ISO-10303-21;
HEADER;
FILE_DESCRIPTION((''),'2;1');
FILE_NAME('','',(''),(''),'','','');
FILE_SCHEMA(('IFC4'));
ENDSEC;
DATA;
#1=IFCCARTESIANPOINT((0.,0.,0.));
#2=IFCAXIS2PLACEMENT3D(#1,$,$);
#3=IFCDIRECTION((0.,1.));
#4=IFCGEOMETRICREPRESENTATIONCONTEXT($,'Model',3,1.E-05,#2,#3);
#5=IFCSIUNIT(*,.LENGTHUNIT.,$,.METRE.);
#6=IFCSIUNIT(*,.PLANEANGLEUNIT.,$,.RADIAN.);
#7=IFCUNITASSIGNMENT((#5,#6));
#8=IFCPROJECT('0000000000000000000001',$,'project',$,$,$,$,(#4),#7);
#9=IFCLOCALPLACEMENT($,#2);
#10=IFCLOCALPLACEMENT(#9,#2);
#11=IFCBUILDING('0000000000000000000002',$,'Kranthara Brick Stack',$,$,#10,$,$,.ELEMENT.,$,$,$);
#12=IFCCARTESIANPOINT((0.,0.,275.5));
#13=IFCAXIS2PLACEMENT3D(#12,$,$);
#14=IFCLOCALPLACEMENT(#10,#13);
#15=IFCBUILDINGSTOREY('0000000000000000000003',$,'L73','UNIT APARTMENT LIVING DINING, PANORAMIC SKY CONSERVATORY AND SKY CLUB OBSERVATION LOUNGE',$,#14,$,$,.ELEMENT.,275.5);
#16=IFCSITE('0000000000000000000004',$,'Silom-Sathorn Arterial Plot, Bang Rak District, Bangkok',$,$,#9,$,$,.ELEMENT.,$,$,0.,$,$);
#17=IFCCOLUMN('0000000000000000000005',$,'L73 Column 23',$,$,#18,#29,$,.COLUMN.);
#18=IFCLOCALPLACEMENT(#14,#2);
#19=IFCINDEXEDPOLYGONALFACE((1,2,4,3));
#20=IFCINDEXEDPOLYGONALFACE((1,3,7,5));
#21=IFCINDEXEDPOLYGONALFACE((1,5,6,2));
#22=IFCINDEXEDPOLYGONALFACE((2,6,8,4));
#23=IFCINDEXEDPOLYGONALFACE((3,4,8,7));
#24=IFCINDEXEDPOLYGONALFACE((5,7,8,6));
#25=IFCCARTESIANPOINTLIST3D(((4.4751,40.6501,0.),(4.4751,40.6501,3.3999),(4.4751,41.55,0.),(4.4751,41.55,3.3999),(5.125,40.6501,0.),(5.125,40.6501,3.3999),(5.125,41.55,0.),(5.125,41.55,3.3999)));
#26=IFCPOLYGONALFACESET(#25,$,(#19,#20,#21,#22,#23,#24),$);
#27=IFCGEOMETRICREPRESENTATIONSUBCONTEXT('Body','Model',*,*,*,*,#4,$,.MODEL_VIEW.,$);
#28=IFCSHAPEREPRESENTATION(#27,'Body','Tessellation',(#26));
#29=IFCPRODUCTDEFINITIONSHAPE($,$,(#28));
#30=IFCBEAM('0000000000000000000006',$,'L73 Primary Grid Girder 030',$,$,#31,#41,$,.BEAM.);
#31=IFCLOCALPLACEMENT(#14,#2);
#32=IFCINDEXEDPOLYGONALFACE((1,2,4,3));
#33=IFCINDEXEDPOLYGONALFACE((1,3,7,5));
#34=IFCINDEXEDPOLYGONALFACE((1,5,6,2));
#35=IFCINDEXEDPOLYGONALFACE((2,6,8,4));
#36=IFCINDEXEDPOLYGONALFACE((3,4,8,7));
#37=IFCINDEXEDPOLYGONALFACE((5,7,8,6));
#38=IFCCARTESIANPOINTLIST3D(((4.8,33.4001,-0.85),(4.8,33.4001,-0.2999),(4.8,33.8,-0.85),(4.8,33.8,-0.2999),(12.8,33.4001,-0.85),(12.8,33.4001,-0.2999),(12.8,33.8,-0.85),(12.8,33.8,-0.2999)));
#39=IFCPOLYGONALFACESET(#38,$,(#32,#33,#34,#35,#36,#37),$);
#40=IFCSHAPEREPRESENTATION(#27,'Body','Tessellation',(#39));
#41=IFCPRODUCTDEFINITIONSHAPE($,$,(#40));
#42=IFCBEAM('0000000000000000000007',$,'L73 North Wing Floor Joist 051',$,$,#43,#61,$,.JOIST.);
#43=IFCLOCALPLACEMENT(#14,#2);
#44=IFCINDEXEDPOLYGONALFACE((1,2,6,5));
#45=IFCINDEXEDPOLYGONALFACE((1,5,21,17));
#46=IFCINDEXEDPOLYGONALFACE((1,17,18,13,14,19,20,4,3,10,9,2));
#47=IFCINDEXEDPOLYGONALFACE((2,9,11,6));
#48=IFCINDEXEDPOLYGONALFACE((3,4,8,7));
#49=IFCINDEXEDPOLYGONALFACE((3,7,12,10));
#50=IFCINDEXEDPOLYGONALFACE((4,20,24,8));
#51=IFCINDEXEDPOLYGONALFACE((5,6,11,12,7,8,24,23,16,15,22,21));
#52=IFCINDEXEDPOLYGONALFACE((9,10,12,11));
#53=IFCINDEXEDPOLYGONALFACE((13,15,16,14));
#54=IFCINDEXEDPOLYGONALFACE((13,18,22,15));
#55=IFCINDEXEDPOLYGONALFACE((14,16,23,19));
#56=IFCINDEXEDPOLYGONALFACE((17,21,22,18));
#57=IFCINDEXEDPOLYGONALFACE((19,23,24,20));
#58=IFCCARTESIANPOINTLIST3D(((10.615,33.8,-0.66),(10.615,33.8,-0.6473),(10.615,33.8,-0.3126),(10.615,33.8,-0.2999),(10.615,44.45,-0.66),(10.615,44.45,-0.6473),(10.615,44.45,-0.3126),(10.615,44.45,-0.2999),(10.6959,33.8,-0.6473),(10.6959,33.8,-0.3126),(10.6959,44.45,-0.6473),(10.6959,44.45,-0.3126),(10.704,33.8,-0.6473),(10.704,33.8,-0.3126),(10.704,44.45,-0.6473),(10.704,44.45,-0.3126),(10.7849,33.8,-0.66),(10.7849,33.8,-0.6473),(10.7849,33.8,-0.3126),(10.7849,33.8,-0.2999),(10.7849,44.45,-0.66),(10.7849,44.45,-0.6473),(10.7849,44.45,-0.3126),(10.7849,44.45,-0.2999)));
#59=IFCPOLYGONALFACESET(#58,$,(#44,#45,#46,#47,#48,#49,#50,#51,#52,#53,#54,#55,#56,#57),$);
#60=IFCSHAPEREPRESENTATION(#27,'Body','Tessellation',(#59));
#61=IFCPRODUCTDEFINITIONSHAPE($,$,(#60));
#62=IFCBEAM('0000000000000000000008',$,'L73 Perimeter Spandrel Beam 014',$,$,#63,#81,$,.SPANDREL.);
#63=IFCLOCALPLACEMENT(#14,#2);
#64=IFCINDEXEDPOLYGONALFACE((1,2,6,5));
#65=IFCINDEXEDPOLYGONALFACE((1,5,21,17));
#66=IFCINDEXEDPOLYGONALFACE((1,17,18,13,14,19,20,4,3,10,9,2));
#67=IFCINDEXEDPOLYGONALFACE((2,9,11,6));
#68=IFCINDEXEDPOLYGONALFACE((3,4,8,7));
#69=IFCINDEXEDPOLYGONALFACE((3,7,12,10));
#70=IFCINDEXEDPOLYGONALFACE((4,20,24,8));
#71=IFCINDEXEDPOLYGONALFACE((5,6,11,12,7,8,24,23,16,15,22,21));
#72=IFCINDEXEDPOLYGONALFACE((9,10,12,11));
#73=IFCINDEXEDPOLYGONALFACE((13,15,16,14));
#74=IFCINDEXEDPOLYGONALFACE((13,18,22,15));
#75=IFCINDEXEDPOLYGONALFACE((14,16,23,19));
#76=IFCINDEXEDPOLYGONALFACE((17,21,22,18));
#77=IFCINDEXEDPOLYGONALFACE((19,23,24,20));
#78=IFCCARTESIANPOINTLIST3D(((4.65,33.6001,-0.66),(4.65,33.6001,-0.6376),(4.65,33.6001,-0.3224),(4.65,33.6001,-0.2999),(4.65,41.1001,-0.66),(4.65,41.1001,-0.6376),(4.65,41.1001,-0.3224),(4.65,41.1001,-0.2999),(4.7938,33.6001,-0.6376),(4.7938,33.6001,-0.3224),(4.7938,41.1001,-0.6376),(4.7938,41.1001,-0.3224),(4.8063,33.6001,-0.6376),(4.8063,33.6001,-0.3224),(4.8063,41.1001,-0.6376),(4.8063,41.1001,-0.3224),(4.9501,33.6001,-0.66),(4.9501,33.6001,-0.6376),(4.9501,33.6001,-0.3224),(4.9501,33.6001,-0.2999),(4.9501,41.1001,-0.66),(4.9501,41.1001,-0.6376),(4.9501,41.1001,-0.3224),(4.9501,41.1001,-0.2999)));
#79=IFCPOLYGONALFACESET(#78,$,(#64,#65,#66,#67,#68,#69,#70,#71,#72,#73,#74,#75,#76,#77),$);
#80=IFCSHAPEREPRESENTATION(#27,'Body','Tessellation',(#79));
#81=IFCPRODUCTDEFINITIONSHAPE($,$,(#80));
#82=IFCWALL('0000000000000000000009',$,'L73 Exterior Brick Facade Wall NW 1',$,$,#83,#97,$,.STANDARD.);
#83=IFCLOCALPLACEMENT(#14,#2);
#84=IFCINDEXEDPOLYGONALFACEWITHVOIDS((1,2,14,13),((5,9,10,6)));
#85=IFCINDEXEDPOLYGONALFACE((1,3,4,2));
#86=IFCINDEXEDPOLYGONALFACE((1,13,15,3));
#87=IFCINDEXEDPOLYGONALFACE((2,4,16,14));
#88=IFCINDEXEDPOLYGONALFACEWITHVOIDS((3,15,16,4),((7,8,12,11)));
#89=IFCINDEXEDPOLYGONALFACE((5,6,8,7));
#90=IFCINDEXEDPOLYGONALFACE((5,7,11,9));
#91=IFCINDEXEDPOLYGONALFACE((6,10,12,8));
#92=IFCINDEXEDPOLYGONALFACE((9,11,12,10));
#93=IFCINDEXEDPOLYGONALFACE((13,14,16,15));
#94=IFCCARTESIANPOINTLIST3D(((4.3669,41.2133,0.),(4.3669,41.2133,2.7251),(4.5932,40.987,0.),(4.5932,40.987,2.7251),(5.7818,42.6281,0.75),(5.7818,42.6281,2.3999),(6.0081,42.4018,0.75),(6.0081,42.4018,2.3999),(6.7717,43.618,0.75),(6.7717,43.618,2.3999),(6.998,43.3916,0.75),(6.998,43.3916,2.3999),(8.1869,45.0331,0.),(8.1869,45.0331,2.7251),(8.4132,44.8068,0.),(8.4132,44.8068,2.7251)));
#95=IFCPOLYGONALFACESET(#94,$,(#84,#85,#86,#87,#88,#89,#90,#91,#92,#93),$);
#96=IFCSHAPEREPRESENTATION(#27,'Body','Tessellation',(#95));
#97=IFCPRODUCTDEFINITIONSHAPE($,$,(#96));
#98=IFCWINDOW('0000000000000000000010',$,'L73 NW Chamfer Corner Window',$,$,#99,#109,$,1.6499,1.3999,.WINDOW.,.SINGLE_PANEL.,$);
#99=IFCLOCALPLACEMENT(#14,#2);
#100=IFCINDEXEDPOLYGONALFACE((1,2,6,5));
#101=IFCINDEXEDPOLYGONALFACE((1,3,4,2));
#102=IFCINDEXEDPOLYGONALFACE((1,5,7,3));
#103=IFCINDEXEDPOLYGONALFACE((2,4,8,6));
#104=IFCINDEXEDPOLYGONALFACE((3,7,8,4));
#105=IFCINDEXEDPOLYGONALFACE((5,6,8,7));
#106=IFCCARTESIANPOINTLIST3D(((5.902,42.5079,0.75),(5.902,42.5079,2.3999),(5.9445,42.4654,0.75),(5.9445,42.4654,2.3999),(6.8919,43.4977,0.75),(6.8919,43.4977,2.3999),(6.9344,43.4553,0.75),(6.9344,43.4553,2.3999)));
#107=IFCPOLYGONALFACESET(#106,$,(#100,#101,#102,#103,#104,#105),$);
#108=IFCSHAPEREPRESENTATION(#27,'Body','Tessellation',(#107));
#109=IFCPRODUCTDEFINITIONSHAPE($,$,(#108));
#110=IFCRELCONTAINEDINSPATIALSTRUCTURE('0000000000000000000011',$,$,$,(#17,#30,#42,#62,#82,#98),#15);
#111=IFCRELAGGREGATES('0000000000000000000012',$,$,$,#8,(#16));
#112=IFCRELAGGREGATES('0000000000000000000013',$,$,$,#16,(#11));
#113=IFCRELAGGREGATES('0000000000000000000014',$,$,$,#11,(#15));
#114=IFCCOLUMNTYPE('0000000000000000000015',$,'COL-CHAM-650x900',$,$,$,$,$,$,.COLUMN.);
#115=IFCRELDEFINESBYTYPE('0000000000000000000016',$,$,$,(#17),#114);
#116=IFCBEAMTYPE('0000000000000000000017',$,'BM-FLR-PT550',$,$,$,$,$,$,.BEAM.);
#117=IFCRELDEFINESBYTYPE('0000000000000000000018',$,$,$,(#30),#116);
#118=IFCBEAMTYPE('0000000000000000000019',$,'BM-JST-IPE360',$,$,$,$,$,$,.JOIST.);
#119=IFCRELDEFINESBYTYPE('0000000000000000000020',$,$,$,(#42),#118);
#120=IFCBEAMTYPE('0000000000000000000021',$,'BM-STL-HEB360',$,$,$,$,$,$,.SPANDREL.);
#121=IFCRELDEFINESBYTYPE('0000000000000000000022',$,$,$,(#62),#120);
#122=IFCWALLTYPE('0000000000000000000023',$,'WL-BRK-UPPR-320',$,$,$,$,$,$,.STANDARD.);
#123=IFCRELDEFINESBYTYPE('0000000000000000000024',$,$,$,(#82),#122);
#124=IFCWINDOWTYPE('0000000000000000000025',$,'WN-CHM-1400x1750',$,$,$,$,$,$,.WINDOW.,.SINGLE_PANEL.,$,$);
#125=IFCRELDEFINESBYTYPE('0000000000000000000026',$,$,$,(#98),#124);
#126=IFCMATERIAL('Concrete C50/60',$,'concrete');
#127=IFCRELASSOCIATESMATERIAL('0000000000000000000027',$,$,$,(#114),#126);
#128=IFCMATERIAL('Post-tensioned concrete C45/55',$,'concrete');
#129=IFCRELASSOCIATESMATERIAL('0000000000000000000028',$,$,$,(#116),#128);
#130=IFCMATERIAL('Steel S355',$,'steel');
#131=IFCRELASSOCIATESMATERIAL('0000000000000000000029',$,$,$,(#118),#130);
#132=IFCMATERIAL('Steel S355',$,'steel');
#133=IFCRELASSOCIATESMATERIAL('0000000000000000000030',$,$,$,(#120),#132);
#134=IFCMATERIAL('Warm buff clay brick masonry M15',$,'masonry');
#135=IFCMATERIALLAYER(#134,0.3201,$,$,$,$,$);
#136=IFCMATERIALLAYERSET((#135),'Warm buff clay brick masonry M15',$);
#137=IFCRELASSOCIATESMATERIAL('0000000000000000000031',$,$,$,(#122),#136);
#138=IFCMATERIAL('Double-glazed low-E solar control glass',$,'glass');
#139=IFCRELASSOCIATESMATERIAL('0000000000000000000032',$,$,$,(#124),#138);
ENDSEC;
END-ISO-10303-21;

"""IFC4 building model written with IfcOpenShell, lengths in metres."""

from ifc_helpers import new_model, si_unit, direction, frame, frame_2d, origin, origin_2d, place, context, subcontext, project, spatial, rectangle, i_section, extrude, material, layer, layer_set, material_profile, profile_set, type_object, element, fill, save


model = new_model("IFC4")

# Units and contexts
model_context = context("Model", 3, precision=1e-05, world=origin(), true_north=direction((0.0, 1.0)))
body_context = subcontext(model_context, "Body", "Model", "MODEL_VIEW")
ifc_project = project(units=[si_unit("LENGTHUNIT", "METRE"), si_unit("PLANEANGLEUNIT", "RADIAN")], contexts=[model_context])

# Site, building, storey
site_placement = place(None, origin())
site = spatial("IfcSite", under=ifc_project, at=site_placement, Name="Silom-Sathorn Arterial Plot, Bang Rak District, Bangkok", CompositionType="ELEMENT", RefElevation=0.0)
building_placement = place(site_placement, origin())
building = spatial("IfcBuilding", under=site, at=building_placement, Name="Kranthara Brick Stack", CompositionType="ELEMENT")
storey_placement = place(building_placement, frame((0.0, 0.0, 275.5)))
storey = spatial("IfcBuildingStorey", under=building, at=storey_placement, Name="L73", Description="UNIT APARTMENT LIVING DINING, PANORAMIC SKY CONSERVATORY AND SKY CLUB OBSERVATION LOUNGE", CompositionType="ELEMENT", Elevation=275.5)

# Column
ifc_material_1 = material(Name="Concrete C50/60", Category="concrete")
ifc_material_profile_1 = material_profile(ifc_material_1, rectangle(XDim=0.6499, YDim=0.8999, at=origin_2d()), Name="RC 650x900")
ifc_profile_set_1 = profile_set([ifc_material_profile_1], Name="Concrete C50/60")
column_type = type_object("IfcColumnType", Name="COL-CHAM-650x900", PredefinedType="COLUMN", material=ifc_profile_set_1)
column_placement = place(storey_placement, frame((4.8, 41.1001, 0.0), z_axis=(0.0, 0.0, 1.0), x_axis=(1.0, 0.0, 0.0)))
element("IfcColumn", 1, at=column_placement, inside=storey, type_object=column_type, Name="L73 Column 23", PredefinedType="COLUMN", context=body_context, shape_type="SweptSolid", body=[
    extrude(rectangle(XDim=0.6499, YDim=0.8999, at=origin_2d()), origin(), (0.0, 0.0, 1.0), 3.3999),
])

# Beams
ifc_material_2 = material(Name="Post-tensioned concrete C45/55", Category="concrete")
ifc_material_profile_2 = material_profile(ifc_material_2, rectangle(XDim=0.3999, YDim=0.55, at=origin_2d()), Name="PT 400x550")
ifc_profile_set_2 = profile_set([ifc_material_profile_2], Name="Post-tensioned concrete C45/55")
beam_type_1 = type_object("IfcBeamType", Name="BM-FLR-PT550", PredefinedType="BEAM", material=ifc_profile_set_2)
beam_1_placement = place(storey_placement, frame((4.8, 33.6001, -0.575), z_axis=(1.0, 0.0, 0.0), x_axis=(0.0, 1.0, 0.0)))
element("IfcBeam", 2, at=beam_1_placement, inside=storey, type_object=beam_type_1, Name="L73 Primary Grid Girder 030", PredefinedType="BEAM", context=body_context, shape_type="SweptSolid", body=[
    extrude(rectangle(XDim=0.3999, YDim=0.55, at=origin_2d()), origin(), (0.0, 0.0, 1.0), 8.0),
])
ifc_material_3 = material(Name="Steel S355", Category="steel")
ifc_material_profile_3 = material_profile(ifc_material_3, i_section(OverallWidth=0.1699, OverallDepth=0.3601, WebThickness=0.0081, FlangeThickness=0.0127, at=origin_2d()), Name="IPE 360")
ifc_profile_set_3 = profile_set([ifc_material_profile_3], Name="Steel S355")
beam_type_2 = type_object("IfcBeamType", Name="BM-JST-IPE360", PredefinedType="JOIST", material=ifc_profile_set_3)
beam_2_placement = place(storey_placement, frame((10.7, 33.8, -0.48), z_axis=(0.0, 1.0, 0.0), x_axis=(-1.0, 0.0, 0.0)))
element("IfcBeam", 3, at=beam_2_placement, inside=storey, type_object=beam_type_2, Name="L73 North Wing Floor Joist 051", PredefinedType="JOIST", context=body_context, shape_type="SweptSolid", body=[
    extrude(i_section(OverallWidth=0.1699, OverallDepth=0.3601, WebThickness=0.0081, FlangeThickness=0.0127, at=origin_2d()), origin(), (0.0, 0.0, 1.0), 10.6499),
])
ifc_material_4 = material(Name="Steel S355", Category="steel")
ifc_material_profile_4 = material_profile(ifc_material_4, i_section(OverallWidth=0.3, OverallDepth=0.3601, WebThickness=0.0125, FlangeThickness=0.0225, at=origin_2d()), Name="HEB 360")
ifc_profile_set_4 = profile_set([ifc_material_profile_4], Name="Steel S355")
beam_type_3 = type_object("IfcBeamType", Name="BM-STL-HEB360", PredefinedType="SPANDREL", material=ifc_profile_set_4)
beam_3_placement = place(storey_placement, frame((4.8, 33.6001, -0.48), z_axis=(0.0, 1.0, 0.0), x_axis=(-1.0, 0.0, 0.0)))
element("IfcBeam", 4, at=beam_3_placement, inside=storey, type_object=beam_type_3, Name="L73 Perimeter Spandrel Beam 014", PredefinedType="SPANDREL", context=body_context, shape_type="SweptSolid", body=[
    extrude(i_section(OverallWidth=0.3, OverallDepth=0.3601, WebThickness=0.0125, FlangeThickness=0.0225, at=origin_2d()), origin(), (0.0, 0.0, 1.0), 7.5),
])

# Wall, opening, window
ifc_material_5 = material(Name="Warm buff clay brick masonry M15", Category="masonry")
ifc_layer_1 = layer(ifc_material_5, 0.3201)
ifc_layer_set_1 = layer_set([ifc_layer_1], Name="Warm buff clay brick masonry M15")
wall_type_1 = type_object("IfcWallType", Name="WL-BRK-UPPR-320", PredefinedType="STANDARD", material=ifc_layer_set_1)
wall_1_placement = place(storey_placement, frame((4.48, 41.1001, 0.0), z_axis=(0.0, 0.0, 1.0), x_axis=(0.707129, 0.707084, 0.0)))
wall_1 = element("IfcWall", 5, at=wall_1_placement, inside=storey, type_object=wall_type_1, Name="L73 Exterior Brick Facade Wall NW 1", PredefinedType="STANDARD", context=body_context, shape_type="SweptSolid", body=[
    extrude(rectangle(XDim=5.4021, YDim=0.3201, at=frame_2d((2.7012, 0.0))), origin(), (0.0, 0.0, 1.0), 2.7251),
])
opening_1_placement = place(wall_1_placement, frame((2.001, 0.0, 0.75)))
opening_1 = element("IfcOpeningElement", 6, at=opening_1_placement, cuts=wall_1, PredefinedType="OPENING", context=body_context, shape_type="SweptSolid", body=[
    extrude(rectangle(XDim=1.3999, YDim=1.6499, at=frame_2d((0.7, 0.825))), frame((0.0, 0.1699, 0.0), z_axis=(0.0, -1.0, 0.0), x_axis=(1.0, 0.0, 0.0)), (0.0, 0.0, 1.0), 0.3401),
])
ifc_material_6 = material(Name="Double-glazed low-E solar control glass", Category="glass")
window_type = type_object("IfcWindowType", Name="WN-CHM-1400x1750", PartitioningType="SINGLE_PANEL", PredefinedType="WINDOW", material=ifc_material_6)
window_placement = place(opening_1_placement, origin())
window = element("IfcWindow", 7, at=window_placement, inside=storey, type_object=window_type, Name="L73 NW Chamfer Corner Window", OverallHeight=1.6499, OverallWidth=1.3999, PartitioningType="SINGLE_PANEL", PredefinedType="WINDOW", context=body_context, shape_type="SweptSolid", body=[
    extrude(rectangle(XDim=1.3999, YDim=1.6499, at=frame_2d((0.7, 0.825))), frame((0.0, -0.01, 0.0), z_axis=(0.0, -1.0, 0.0), x_axis=(1.0, 0.0, 0.0)), (0.0, 0.0, 1.0), 0.0601),
])
fill(opening_1, window)

save(model, "model.ifc")
